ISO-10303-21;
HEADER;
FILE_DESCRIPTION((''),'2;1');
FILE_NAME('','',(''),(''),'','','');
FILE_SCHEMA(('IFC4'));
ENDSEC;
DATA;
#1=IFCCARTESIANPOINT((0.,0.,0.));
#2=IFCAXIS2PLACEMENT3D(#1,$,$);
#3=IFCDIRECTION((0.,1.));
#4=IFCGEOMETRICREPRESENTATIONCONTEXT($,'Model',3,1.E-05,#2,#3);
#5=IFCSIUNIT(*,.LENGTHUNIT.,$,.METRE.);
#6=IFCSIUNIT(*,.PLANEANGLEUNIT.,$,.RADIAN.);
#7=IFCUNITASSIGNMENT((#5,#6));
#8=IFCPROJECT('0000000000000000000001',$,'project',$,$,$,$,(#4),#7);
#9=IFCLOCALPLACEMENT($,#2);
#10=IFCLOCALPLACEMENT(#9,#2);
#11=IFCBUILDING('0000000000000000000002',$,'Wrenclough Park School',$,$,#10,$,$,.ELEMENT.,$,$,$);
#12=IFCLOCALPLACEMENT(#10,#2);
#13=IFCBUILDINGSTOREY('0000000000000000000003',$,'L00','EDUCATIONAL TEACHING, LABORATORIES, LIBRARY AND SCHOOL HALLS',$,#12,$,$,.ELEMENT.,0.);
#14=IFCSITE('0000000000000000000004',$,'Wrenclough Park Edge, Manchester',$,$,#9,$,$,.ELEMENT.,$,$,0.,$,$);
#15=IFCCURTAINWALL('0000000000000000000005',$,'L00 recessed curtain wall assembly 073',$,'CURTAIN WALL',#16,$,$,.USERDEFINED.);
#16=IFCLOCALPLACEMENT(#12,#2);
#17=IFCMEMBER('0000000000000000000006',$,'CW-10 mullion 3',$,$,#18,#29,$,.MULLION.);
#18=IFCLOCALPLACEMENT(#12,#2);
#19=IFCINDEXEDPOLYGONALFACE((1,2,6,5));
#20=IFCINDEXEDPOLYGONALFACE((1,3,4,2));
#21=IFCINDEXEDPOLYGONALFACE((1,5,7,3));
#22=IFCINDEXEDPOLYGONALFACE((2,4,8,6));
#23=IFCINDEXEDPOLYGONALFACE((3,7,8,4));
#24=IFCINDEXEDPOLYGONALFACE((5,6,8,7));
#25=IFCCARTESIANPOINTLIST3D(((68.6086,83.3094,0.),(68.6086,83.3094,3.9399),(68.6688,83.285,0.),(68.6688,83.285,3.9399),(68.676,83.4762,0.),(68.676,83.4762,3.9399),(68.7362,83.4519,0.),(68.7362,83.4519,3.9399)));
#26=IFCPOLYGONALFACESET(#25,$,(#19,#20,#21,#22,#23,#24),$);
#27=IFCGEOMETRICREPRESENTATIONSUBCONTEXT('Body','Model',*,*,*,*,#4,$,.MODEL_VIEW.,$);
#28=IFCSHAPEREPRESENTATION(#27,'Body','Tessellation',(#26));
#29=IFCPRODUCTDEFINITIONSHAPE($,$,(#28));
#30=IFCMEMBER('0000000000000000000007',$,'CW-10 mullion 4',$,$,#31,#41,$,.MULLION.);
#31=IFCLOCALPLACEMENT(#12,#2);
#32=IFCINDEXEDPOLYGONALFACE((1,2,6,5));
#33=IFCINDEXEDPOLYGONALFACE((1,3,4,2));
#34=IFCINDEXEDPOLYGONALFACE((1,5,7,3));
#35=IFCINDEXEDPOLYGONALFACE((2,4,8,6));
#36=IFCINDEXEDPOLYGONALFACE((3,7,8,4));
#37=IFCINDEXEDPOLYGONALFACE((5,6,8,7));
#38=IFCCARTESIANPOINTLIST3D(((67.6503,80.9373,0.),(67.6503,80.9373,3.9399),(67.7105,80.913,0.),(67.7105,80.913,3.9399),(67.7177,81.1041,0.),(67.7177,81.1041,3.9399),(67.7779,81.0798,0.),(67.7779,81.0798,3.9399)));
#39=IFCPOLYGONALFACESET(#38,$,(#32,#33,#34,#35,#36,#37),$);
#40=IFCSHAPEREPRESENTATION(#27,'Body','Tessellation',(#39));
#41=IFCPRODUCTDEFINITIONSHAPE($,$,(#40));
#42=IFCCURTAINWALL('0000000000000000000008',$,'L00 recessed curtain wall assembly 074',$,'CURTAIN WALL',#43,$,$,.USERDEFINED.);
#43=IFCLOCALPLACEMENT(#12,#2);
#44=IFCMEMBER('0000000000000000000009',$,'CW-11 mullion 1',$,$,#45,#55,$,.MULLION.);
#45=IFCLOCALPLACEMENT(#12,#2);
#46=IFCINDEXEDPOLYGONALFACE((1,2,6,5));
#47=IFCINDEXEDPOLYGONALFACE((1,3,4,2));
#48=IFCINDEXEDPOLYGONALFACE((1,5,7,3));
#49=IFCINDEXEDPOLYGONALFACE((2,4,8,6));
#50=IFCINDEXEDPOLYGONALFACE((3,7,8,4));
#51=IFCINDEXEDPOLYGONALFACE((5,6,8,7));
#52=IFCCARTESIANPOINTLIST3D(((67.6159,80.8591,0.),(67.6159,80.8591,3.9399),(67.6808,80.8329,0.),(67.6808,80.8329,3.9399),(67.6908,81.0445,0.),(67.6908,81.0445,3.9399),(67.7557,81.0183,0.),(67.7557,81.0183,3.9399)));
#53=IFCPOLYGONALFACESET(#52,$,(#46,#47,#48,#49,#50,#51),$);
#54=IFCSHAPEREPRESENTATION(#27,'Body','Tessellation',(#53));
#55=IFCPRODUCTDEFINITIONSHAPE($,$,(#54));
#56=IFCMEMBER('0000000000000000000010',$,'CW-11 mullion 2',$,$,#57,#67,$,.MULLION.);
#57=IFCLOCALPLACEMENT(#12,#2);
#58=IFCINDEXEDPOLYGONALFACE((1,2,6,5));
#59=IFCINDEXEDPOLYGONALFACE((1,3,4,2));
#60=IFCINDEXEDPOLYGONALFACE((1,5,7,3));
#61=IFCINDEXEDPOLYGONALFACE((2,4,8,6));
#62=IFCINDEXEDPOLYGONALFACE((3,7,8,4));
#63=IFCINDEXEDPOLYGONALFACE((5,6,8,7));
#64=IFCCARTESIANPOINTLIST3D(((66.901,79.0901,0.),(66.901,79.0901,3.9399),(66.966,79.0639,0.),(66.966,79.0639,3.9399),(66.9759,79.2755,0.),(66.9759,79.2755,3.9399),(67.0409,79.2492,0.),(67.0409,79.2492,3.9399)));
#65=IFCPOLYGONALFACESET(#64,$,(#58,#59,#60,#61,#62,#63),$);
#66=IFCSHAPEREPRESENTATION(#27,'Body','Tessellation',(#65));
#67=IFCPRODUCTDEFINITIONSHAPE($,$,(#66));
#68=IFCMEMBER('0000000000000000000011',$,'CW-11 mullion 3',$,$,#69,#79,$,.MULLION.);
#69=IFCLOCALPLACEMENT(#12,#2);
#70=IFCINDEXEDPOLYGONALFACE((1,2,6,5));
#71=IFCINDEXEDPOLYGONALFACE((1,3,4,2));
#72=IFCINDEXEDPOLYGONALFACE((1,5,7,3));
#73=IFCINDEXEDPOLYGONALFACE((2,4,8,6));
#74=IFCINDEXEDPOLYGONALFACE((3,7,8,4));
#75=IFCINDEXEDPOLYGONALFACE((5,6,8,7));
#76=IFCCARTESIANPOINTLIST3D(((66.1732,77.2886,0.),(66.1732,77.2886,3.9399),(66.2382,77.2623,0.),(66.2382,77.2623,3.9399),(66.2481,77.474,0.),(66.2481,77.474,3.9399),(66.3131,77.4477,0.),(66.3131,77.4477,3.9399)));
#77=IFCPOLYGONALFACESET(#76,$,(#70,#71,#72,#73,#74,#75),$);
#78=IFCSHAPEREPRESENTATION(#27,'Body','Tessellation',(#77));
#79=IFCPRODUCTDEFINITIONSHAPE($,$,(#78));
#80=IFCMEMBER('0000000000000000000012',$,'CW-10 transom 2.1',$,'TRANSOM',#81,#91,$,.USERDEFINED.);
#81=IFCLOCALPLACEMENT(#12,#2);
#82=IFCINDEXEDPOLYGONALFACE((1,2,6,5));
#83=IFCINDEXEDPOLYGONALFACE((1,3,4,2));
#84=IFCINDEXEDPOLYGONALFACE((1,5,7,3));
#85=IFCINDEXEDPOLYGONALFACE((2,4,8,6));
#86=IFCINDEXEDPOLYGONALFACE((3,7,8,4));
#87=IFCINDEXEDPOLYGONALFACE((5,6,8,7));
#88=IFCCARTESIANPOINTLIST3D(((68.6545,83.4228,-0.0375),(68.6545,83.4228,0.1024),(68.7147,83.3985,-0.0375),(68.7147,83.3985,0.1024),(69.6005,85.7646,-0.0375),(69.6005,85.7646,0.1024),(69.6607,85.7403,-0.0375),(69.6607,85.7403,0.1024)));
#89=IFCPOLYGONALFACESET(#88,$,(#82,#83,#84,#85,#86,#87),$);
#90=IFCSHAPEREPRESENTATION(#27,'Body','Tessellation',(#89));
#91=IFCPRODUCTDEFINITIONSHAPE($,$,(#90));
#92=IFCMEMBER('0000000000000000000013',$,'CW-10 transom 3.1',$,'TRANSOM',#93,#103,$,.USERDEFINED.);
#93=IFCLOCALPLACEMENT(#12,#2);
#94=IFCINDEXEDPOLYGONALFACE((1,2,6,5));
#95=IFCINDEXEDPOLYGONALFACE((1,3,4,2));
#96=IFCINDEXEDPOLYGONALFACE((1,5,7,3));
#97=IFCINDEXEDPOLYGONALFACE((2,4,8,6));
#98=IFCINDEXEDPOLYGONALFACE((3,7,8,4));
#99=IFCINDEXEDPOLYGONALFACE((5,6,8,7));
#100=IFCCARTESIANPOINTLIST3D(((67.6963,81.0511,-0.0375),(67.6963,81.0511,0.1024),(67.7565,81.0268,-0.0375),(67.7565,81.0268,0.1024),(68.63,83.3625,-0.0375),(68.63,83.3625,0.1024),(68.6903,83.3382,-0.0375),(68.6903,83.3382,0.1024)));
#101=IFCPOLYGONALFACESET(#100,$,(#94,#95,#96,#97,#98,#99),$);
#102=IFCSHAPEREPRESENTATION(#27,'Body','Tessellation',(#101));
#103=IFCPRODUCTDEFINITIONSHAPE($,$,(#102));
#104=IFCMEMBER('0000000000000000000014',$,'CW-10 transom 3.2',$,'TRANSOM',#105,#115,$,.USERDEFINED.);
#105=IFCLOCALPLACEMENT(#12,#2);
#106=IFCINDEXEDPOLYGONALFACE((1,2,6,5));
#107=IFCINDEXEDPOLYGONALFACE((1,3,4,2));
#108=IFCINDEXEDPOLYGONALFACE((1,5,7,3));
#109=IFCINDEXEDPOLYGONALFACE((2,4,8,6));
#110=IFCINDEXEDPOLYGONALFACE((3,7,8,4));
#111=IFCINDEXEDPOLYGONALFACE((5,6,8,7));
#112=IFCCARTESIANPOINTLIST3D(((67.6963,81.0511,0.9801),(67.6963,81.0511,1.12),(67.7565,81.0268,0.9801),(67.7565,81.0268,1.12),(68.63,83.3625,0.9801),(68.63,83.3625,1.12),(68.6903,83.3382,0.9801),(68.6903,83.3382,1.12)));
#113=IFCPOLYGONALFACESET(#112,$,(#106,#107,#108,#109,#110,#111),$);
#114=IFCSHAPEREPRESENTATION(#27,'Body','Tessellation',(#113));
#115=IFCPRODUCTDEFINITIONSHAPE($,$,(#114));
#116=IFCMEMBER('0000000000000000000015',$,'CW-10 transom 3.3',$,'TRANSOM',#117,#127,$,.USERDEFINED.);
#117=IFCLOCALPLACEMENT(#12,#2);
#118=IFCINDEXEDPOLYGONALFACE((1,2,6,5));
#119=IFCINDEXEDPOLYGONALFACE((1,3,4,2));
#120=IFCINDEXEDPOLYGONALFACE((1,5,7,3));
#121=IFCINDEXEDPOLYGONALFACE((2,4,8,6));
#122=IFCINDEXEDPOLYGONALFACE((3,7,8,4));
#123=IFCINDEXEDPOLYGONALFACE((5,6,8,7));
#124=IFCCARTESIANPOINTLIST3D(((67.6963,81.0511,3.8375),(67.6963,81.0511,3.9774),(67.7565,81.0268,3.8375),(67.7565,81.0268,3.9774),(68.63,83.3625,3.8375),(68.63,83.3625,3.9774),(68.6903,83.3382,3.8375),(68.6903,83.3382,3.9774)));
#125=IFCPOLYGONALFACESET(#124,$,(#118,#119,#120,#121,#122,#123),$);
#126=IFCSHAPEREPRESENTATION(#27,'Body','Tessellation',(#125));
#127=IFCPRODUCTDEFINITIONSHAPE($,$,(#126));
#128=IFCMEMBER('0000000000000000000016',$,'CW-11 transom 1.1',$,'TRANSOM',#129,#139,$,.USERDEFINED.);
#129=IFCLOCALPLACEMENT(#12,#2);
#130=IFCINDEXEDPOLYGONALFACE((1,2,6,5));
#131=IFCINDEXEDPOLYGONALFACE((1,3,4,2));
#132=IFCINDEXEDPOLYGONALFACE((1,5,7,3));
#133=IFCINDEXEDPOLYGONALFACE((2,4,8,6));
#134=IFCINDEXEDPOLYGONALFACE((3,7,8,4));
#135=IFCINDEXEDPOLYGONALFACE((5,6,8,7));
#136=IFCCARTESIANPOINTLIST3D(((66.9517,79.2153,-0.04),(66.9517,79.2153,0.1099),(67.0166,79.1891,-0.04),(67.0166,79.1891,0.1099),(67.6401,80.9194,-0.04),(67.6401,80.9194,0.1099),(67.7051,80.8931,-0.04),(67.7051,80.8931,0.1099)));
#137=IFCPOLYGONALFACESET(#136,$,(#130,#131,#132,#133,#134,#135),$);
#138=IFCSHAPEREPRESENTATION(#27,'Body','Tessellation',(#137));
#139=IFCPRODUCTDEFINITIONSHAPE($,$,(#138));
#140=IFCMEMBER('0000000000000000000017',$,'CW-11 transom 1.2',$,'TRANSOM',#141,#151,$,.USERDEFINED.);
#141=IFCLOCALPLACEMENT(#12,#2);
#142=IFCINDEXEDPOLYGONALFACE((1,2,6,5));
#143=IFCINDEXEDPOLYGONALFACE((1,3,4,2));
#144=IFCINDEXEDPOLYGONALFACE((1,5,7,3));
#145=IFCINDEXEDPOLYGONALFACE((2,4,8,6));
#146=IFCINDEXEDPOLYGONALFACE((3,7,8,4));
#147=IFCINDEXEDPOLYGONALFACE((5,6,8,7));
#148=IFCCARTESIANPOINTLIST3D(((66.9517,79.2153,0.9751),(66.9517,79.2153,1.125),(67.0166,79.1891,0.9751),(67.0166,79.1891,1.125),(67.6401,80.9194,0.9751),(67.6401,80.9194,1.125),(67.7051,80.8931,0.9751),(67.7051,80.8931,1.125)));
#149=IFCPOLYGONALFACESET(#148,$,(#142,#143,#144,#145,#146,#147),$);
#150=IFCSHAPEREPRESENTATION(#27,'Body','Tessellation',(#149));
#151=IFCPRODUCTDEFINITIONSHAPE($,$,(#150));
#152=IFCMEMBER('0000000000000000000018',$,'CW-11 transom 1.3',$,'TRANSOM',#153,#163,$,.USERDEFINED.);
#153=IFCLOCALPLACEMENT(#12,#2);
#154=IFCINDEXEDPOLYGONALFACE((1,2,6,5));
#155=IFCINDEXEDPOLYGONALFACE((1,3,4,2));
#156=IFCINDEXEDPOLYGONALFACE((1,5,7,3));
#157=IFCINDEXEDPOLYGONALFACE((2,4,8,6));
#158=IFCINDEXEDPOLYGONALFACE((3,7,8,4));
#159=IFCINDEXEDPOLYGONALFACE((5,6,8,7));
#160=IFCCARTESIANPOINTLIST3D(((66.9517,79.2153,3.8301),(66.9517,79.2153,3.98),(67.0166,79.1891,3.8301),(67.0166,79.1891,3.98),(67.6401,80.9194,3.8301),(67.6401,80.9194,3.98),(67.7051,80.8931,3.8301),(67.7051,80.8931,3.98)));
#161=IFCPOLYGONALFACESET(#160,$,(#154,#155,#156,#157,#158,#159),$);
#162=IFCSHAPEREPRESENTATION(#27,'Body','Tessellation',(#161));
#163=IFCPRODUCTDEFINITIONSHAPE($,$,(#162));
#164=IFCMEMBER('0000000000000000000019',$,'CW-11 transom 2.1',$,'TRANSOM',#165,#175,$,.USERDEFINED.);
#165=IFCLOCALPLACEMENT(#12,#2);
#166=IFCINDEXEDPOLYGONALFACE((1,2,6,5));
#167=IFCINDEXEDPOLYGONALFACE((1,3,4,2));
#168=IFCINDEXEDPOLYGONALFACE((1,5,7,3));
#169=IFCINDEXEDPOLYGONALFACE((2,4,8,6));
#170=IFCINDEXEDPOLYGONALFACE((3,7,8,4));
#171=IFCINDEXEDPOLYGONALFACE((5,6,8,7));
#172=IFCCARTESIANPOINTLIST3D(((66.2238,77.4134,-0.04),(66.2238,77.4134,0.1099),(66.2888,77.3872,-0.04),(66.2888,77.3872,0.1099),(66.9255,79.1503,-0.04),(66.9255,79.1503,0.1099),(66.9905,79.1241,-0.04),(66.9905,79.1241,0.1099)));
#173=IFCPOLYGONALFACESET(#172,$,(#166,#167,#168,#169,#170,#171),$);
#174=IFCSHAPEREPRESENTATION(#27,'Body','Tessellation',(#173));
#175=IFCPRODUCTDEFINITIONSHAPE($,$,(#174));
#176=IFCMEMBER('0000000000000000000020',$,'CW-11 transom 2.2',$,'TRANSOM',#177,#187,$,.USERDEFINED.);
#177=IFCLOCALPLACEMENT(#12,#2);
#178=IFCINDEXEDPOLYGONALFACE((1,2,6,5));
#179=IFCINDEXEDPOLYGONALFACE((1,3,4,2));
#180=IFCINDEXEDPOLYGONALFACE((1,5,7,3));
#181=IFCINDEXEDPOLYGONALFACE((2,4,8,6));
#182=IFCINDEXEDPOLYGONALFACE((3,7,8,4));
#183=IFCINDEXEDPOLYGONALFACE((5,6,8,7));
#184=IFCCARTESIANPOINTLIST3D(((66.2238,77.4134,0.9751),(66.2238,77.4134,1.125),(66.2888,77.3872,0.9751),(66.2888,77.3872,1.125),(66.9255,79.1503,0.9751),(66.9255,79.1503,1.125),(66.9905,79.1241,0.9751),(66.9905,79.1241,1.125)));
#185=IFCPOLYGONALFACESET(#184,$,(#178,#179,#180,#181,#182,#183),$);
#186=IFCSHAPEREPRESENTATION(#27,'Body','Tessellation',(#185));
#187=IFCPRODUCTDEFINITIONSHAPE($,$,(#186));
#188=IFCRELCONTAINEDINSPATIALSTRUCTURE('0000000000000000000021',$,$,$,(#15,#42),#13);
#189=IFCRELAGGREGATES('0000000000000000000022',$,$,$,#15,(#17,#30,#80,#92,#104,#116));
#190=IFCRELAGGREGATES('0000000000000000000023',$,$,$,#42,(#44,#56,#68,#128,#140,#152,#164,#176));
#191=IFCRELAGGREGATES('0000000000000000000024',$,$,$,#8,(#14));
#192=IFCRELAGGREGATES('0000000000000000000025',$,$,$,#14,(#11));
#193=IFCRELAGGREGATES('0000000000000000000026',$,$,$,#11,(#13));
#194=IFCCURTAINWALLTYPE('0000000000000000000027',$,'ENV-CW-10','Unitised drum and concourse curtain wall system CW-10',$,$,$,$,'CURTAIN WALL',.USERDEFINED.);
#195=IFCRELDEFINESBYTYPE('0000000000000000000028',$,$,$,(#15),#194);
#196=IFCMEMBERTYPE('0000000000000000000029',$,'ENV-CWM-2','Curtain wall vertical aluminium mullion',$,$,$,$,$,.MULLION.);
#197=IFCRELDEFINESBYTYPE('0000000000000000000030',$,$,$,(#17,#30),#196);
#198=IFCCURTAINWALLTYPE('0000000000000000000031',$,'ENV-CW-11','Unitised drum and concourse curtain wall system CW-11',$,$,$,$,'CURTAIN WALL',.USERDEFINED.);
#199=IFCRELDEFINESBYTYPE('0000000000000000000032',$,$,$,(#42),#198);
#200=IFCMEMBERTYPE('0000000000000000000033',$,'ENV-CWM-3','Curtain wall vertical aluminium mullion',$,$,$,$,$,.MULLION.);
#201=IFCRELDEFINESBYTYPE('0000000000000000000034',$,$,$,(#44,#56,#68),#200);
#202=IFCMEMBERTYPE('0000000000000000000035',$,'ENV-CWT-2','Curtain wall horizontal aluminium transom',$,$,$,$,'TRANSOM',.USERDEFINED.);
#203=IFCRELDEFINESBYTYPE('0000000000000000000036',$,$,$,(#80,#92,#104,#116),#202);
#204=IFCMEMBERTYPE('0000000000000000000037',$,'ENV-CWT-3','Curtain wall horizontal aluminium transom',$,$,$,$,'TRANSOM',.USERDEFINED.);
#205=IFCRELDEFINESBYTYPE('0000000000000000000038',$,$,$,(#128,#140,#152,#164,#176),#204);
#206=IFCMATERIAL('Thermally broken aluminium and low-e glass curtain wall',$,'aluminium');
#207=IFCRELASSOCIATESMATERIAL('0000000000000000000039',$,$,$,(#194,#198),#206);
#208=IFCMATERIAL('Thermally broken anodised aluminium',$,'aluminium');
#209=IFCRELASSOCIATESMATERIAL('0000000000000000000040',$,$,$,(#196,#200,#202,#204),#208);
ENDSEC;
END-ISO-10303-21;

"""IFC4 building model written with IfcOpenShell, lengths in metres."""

from ifc_helpers import new_model, si_unit, direction, frame, origin, origin_2d, place, context, subcontext, project, spatial, rectangle, extrude, material, material_profile, profile_set, type_object, element, aggregate, save


model = new_model("IFC4")

# Units and contexts
model_context = context("Model", 3, precision=1e-05, world=origin(), true_north=direction((0.0, 1.0)))
body_context = subcontext(model_context, "Body", "Model", "MODEL_VIEW")
ifc_project = project(units=[si_unit("LENGTHUNIT", "METRE"), si_unit("PLANEANGLEUNIT", "RADIAN")], contexts=[model_context])

# Site, building, storey
site_placement = place(None, origin())
site = spatial("IfcSite", under=ifc_project, at=site_placement, Name="Wrenclough Park Edge, Manchester", CompositionType="ELEMENT", RefElevation=0.0)
building_placement = place(site_placement, origin())
building = spatial("IfcBuilding", under=site, at=building_placement, Name="Wrenclough Park School", CompositionType="ELEMENT")
storey_placement = place(building_placement, origin())
storey = spatial("IfcBuildingStorey", under=building, at=storey_placement, Name="L00", Description="EDUCATIONAL TEACHING, LABORATORIES, LIBRARY AND SCHOOL HALLS", CompositionType="ELEMENT", Elevation=0.0)

# Curtain walls, members
ifc_material_1 = material(Name="Thermally broken aluminium and low-e glass curtain wall", Category="aluminium")
curtain_wall_type_1 = type_object("IfcCurtainWallType", Name="ENV-CW-10", Description="Unitised drum and concourse curtain wall system CW-10", ElementType="CURTAIN WALL", PredefinedType="USERDEFINED", material=ifc_material_1)
curtain_wall_1_placement = place(storey_placement, origin())
curtain_wall_1 = element("IfcCurtainWall", 1, at=curtain_wall_1_placement, inside=storey, type_object=curtain_wall_type_1, Name="L00 recessed curtain wall assembly 073", ObjectType="CURTAIN WALL", PredefinedType="USERDEFINED")
ifc_material_2 = material(Name="Thermally broken anodised aluminium", Category="aluminium")
ifc_material_profile_1 = material_profile(ifc_material_2, rectangle(XDim=0.0649, YDim=0.1799, at=origin_2d()), Name="AL MULLION 65x180")
ifc_profile_set_1 = profile_set([ifc_material_profile_1], Name="Thermally broken anodised aluminium")
member_type_1 = type_object("IfcMemberType", Name="ENV-CWM-2", Description="Curtain wall vertical aluminium mullion", PredefinedType="MULLION", material=ifc_profile_set_1)
member_1_placement = place(storey_placement, frame((68.6724, 83.3806, 0.0), z_axis=(0.0, 0.0, 1.0), x_axis=(0.927191, -0.37459, 0.0)))
member_1 = element("IfcMember", 2, at=member_1_placement, type_object=member_type_1, Name="CW-10 mullion 3", PredefinedType="MULLION", context=body_context, shape_type="SweptSolid", body=[
    extrude(rectangle(XDim=0.0649, YDim=0.1799, at=origin_2d()), origin(), (0.0, 0.0, 1.0), 3.9399),
])
member_2_placement = place(storey_placement, frame((67.7141, 81.0085, 0.0), z_axis=(0.0, 0.0, 1.0), x_axis=(0.927191, -0.37459, 0.0)))
member_2 = element("IfcMember", 3, at=member_2_placement, type_object=member_type_1, Name="CW-10 mullion 4", PredefinedType="MULLION", context=body_context, shape_type="SweptSolid", body=[
    extrude(rectangle(XDim=0.0649, YDim=0.1799, at=origin_2d()), origin(), (0.0, 0.0, 1.0), 3.9399),
])
curtain_wall_type_2 = type_object("IfcCurtainWallType", Name="ENV-CW-11", Description="Unitised drum and concourse curtain wall system CW-11", ElementType="CURTAIN WALL", PredefinedType="USERDEFINED", material=ifc_material_1)
curtain_wall_2_placement = place(storey_placement, origin())
curtain_wall_2 = element("IfcCurtainWall", 4, at=curtain_wall_2_placement, inside=storey, type_object=curtain_wall_type_2, Name="L00 recessed curtain wall assembly 074", ObjectType="CURTAIN WALL", PredefinedType="USERDEFINED")
ifc_material_profile_2 = material_profile(ifc_material_2, rectangle(XDim=0.0701, YDim=0.2, at=origin_2d()), Name="AL MULLION 70x200")
ifc_profile_set_2 = profile_set([ifc_material_profile_2], Name="Thermally broken anodised aluminium")
member_type_2 = type_object("IfcMemberType", Name="ENV-CWM-3", Description="Curtain wall vertical aluminium mullion", PredefinedType="MULLION", material=ifc_profile_set_2)
member_3_placement = place(storey_placement, frame((67.6858, 80.9387, 0.0), z_axis=(0.0, 0.0, 1.0), x_axis=(0.927186, -0.374601, 0.0)))
member_3 = element("IfcMember", 5, at=member_3_placement, type_object=member_type_2, Name="CW-11 mullion 1", PredefinedType="MULLION", context=body_context, shape_type="SweptSolid", body=[
    extrude(rectangle(XDim=0.0701, YDim=0.2, at=origin_2d()), origin(), (0.0, 0.0, 1.0), 3.9399),
])
member_4_placement = place(storey_placement, frame((66.9709, 79.1697, 0.0), z_axis=(0.0, 0.0, 1.0), x_axis=(0.927186, -0.374601, 0.0)))
member_4 = element("IfcMember", 6, at=member_4_placement, type_object=member_type_2, Name="CW-11 mullion 2", PredefinedType="MULLION", context=body_context, shape_type="SweptSolid", body=[
    extrude(rectangle(XDim=0.0701, YDim=0.2, at=origin_2d()), origin(), (0.0, 0.0, 1.0), 3.9399),
])
member_5_placement = place(storey_placement, frame((66.2432, 77.3682, 0.0), z_axis=(0.0, 0.0, 1.0), x_axis=(0.927186, -0.374601, 0.0)))
member_5 = element("IfcMember", 7, at=member_5_placement, type_object=member_type_2, Name="CW-11 mullion 3", PredefinedType="MULLION", context=body_context, shape_type="SweptSolid", body=[
    extrude(rectangle(XDim=0.0701, YDim=0.2, at=origin_2d()), origin(), (0.0, 0.0, 1.0), 3.9399),
])

# Members
ifc_material_profile_3 = material_profile(ifc_material_2, rectangle(XDim=0.0649, YDim=0.1399, at=origin_2d()), Name="AL TRANSOM 65x140")
ifc_profile_set_3 = profile_set([ifc_material_profile_3], Name="Thermally broken anodised aluminium")
member_type_3 = type_object("IfcMemberType", Name="ENV-CWT-2", Description="Curtain wall horizontal aluminium transom", ElementType="TRANSOM", PredefinedType="USERDEFINED", material=ifc_profile_set_3)
member_6_placement = place(storey_placement, frame((69.6306, 85.7524, 0.0325), z_axis=(-0.374572, -0.927198, 0.0), x_axis=(0.927198, -0.374572, 0.0)))
member_6 = element("IfcMember", 8, at=member_6_placement, type_object=member_type_3, Name="CW-10 transom 2.1", ObjectType="TRANSOM", PredefinedType="USERDEFINED", context=body_context, shape_type="SweptSolid", body=[
    extrude(rectangle(XDim=0.0649, YDim=0.1399, at=origin_2d()), origin(), (0.0, 0.0, 1.0), 2.5256),
])
member_7_placement = place(storey_placement, frame((68.6602, 83.3503, 0.0325), z_axis=(-0.37458, -0.927195, 0.0), x_axis=(0.927195, -0.37458, 0.0)))
member_7 = element("IfcMember", 9, at=member_7_placement, type_object=member_type_3, Name="CW-10 transom 3.1", ObjectType="TRANSOM", PredefinedType="USERDEFINED", context=body_context, shape_type="SweptSolid", body=[
    extrude(rectangle(XDim=0.0649, YDim=0.1399, at=origin_2d()), origin(), (0.0, 0.0, 1.0), 2.4929),
])
member_8_placement = place(storey_placement, frame((68.6602, 83.3503, 1.05), z_axis=(-0.37458, -0.927195, 0.0), x_axis=(0.927195, -0.37458, 0.0)))
member_8 = element("IfcMember", 10, at=member_8_placement, type_object=member_type_3, Name="CW-10 transom 3.2", ObjectType="TRANSOM", PredefinedType="USERDEFINED", context=body_context, shape_type="SweptSolid", body=[
    extrude(rectangle(XDim=0.0649, YDim=0.1399, at=origin_2d()), origin(), (0.0, 0.0, 1.0), 2.4929),
])
member_9_placement = place(storey_placement, frame((68.6602, 83.3503, 3.9075), z_axis=(-0.37458, -0.927195, 0.0), x_axis=(0.927195, -0.37458, 0.0)))
member_9 = element("IfcMember", 11, at=member_9_placement, type_object=member_type_3, Name="CW-10 transom 3.3", ObjectType="TRANSOM", PredefinedType="USERDEFINED", context=body_context, shape_type="SweptSolid", body=[
    extrude(rectangle(XDim=0.0649, YDim=0.1399, at=origin_2d()), origin(), (0.0, 0.0, 1.0), 2.4929),
])
ifc_material_profile_4 = material_profile(ifc_material_2, rectangle(XDim=0.0701, YDim=0.1499, at=origin_2d()), Name="AL TRANSOM 70x150")
ifc_profile_set_4 = profile_set([ifc_material_profile_4], Name="Thermally broken anodised aluminium")
member_type_4 = type_object("IfcMemberType", Name="ENV-CWT-3", Description="Curtain wall horizontal aluminium transom", ElementType="TRANSOM", PredefinedType="USERDEFINED", material=ifc_profile_set_4)
member_10_placement = place(storey_placement, frame((67.6726, 80.9062, 0.0349), z_axis=(-0.374595, -0.927189, 0.0), x_axis=(0.927189, -0.374595, 0.0)))
member_10 = element("IfcMember", 12, at=member_10_placement, type_object=member_type_4, Name="CW-11 transom 1.1", ObjectType="TRANSOM", PredefinedType="USERDEFINED", context=body_context, shape_type="SweptSolid", body=[
    extrude(rectangle(XDim=0.0701, YDim=0.1499, at=origin_2d()), origin(), (0.0, 0.0, 1.0), 1.8379),
])
member_11_placement = place(storey_placement, frame((67.6726, 80.9062, 1.05), z_axis=(-0.374595, -0.927189, 0.0), x_axis=(0.927189, -0.374595, 0.0)))
member_11 = element("IfcMember", 13, at=member_11_placement, type_object=member_type_4, Name="CW-11 transom 1.2", ObjectType="TRANSOM", PredefinedType="USERDEFINED", context=body_context, shape_type="SweptSolid", body=[
    extrude(rectangle(XDim=0.0701, YDim=0.1499, at=origin_2d()), origin(), (0.0, 0.0, 1.0), 1.8379),
])
member_12_placement = place(storey_placement, frame((67.6726, 80.9062, 3.905), z_axis=(-0.374595, -0.927189, 0.0), x_axis=(0.927189, -0.374595, 0.0)))
member_12 = element("IfcMember", 14, at=member_12_placement, type_object=member_type_4, Name="CW-11 transom 1.3", ObjectType="TRANSOM", PredefinedType="USERDEFINED", context=body_context, shape_type="SweptSolid", body=[
    extrude(rectangle(XDim=0.0701, YDim=0.1499, at=origin_2d()), origin(), (0.0, 0.0, 1.0), 1.8379),
])
member_13_placement = place(storey_placement, frame((66.958, 79.1372, 0.0349), z_axis=(-0.374579, -0.927195, 0.0), x_axis=(0.927195, -0.374579, 0.0)))
member_13 = element("IfcMember", 15, at=member_13_placement, type_object=member_type_4, Name="CW-11 transom 2.1", ObjectType="TRANSOM", PredefinedType="USERDEFINED", context=body_context, shape_type="SweptSolid", body=[
    extrude(rectangle(XDim=0.0701, YDim=0.1499, at=origin_2d()), origin(), (0.0, 0.0, 1.0), 1.8733),
])
member_14_placement = place(storey_placement, frame((66.958, 79.1372, 1.05), z_axis=(-0.374579, -0.927195, 0.0), x_axis=(0.927195, -0.374579, 0.0)))
member_14 = element("IfcMember", 16, at=member_14_placement, type_object=member_type_4, Name="CW-11 transom 2.2", ObjectType="TRANSOM", PredefinedType="USERDEFINED", context=body_context, shape_type="SweptSolid", body=[
    extrude(rectangle(XDim=0.0701, YDim=0.1499, at=origin_2d()), origin(), (0.0, 0.0, 1.0), 1.8733),
])

aggregate(curtain_wall_1, [member_1, member_2, member_6, member_7, member_8, member_9])
aggregate(curtain_wall_2, [member_3, member_4, member_5, member_10, member_11, member_12, member_13, member_14])

save(model, "model.ifc")
